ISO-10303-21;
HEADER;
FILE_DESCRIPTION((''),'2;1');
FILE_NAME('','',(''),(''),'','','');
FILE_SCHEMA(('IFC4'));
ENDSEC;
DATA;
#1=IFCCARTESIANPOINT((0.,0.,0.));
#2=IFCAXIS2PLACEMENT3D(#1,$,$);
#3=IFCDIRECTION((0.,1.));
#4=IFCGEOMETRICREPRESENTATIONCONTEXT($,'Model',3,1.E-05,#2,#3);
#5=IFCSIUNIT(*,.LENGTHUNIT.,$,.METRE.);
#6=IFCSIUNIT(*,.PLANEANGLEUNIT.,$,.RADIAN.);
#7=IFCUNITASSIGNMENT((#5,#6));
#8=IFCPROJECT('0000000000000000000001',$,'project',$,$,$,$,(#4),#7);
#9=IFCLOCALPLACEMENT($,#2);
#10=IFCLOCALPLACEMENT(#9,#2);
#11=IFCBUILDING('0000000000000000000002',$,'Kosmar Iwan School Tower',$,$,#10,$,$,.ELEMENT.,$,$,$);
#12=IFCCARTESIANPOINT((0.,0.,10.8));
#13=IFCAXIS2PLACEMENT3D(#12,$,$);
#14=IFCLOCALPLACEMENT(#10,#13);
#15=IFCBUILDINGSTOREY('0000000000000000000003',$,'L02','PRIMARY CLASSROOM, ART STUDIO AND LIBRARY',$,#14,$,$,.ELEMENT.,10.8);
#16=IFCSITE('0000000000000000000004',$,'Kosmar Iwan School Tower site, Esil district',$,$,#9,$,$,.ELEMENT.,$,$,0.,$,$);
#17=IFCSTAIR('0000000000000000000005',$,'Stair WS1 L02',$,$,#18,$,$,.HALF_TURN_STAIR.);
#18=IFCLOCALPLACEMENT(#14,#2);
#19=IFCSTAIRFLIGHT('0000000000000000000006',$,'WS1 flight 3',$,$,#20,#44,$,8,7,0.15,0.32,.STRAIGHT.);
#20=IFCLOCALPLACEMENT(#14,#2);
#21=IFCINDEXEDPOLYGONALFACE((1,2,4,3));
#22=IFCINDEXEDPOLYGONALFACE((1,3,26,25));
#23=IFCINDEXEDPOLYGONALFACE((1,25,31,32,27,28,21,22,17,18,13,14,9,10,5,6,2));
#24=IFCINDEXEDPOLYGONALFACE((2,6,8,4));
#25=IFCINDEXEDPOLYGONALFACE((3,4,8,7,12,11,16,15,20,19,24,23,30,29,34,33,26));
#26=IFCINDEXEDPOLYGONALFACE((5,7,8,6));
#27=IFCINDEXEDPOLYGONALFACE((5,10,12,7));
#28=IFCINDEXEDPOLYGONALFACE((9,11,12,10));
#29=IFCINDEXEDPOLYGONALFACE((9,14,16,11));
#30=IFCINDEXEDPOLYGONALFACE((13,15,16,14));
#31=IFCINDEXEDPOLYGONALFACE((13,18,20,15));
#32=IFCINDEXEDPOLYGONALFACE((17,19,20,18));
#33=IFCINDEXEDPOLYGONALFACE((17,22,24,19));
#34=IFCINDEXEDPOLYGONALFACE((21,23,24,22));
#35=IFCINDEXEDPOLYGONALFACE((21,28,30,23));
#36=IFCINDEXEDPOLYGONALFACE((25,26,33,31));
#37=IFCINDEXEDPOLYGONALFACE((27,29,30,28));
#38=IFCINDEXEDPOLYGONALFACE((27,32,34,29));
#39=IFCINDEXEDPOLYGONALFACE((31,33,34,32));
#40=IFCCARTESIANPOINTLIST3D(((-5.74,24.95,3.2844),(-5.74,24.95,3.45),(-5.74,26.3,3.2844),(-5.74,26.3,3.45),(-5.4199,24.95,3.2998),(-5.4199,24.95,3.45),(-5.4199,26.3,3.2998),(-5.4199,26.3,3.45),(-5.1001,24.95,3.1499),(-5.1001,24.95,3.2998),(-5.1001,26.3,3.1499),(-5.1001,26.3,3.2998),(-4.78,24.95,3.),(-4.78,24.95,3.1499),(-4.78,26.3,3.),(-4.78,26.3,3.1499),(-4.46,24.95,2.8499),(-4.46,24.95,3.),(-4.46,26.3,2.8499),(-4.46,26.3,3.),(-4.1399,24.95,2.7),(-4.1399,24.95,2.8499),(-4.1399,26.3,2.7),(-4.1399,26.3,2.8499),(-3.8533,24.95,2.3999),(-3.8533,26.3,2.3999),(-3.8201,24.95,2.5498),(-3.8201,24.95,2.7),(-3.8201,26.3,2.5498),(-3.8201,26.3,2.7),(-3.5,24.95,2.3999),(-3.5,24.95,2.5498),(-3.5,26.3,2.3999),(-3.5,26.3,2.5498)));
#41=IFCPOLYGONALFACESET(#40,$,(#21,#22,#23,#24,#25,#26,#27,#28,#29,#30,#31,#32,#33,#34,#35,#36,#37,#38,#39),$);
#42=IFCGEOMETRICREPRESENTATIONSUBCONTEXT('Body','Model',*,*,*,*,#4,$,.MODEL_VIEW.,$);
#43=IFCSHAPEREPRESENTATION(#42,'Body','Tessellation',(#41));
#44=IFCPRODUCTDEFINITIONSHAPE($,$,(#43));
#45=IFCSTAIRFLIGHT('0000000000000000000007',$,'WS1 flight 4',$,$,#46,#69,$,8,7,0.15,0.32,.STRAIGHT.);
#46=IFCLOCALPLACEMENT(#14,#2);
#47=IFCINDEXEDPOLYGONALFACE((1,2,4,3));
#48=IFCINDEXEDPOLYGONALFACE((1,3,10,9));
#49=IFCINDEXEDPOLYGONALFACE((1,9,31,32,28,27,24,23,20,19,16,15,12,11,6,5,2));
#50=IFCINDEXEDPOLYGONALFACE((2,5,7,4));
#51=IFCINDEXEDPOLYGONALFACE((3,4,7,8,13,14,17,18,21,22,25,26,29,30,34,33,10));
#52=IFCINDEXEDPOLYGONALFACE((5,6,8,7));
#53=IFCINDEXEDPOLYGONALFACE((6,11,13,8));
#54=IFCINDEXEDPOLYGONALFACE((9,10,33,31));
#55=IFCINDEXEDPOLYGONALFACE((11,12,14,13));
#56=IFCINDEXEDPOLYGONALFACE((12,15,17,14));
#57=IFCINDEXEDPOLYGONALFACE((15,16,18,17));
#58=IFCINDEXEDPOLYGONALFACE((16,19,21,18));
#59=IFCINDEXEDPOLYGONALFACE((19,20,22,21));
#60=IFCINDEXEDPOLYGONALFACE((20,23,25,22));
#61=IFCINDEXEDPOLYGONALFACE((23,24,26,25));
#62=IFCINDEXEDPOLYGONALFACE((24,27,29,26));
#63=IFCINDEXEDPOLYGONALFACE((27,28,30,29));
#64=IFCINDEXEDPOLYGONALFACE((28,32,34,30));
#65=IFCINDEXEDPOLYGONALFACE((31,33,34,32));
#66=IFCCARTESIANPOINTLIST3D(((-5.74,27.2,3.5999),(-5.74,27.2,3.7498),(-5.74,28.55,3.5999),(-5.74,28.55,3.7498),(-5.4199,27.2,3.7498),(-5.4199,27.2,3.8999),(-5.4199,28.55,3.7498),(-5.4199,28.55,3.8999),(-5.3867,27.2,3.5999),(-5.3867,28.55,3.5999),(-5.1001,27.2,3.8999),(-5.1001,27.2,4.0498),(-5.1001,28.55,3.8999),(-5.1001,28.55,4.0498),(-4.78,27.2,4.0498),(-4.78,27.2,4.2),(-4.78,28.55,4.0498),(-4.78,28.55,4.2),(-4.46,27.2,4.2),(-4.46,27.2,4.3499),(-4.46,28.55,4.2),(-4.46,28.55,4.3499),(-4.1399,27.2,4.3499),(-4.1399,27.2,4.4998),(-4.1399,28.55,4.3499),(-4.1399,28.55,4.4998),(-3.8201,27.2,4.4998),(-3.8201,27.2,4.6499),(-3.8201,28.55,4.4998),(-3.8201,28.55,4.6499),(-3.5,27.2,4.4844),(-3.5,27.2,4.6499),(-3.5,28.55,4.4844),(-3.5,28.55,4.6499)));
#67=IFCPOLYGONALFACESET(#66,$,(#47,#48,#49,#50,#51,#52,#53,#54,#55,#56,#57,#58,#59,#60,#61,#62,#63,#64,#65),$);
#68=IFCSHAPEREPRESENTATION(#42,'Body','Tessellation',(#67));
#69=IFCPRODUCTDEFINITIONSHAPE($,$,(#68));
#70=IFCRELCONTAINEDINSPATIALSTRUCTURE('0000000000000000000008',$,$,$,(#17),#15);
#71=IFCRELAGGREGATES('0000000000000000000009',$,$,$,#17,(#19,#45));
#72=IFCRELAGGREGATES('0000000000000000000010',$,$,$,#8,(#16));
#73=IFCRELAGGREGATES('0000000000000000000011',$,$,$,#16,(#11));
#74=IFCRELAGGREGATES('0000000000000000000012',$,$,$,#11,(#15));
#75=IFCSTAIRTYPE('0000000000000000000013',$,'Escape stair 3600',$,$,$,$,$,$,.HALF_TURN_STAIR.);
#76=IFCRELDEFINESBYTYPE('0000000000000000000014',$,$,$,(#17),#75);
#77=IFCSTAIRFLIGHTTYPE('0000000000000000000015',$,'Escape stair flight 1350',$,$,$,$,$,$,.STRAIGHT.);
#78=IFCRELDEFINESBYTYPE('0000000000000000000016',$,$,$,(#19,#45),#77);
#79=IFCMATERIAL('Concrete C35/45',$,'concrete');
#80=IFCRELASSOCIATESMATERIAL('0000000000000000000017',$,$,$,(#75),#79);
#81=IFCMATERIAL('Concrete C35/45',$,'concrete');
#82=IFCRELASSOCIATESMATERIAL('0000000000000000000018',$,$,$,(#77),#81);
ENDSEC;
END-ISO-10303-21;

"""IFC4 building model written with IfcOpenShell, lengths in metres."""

from ifc_helpers import new_model, si_unit, direction, frame, origin, place, context, subcontext, project, spatial, polyline, outline, extrude, material, type_object, element, aggregate, save


model = new_model("IFC4")

# Units and contexts
model_context = context("Model", 3, precision=1e-05, world=origin(), true_north=direction((0.0, 1.0)))
body_context = subcontext(model_context, "Body", "Model", "MODEL_VIEW")
ifc_project = project(units=[si_unit("LENGTHUNIT", "METRE"), si_unit("PLANEANGLEUNIT", "RADIAN")], contexts=[model_context])

# Site, building, storey
site_placement = place(None, origin())
site = spatial("IfcSite", under=ifc_project, at=site_placement, Name="Kosmar Iwan School Tower site, Esil district", CompositionType="ELEMENT", RefElevation=0.0)
building_placement = place(site_placement, origin())
building = spatial("IfcBuilding", under=site, at=building_placement, Name="Kosmar Iwan School Tower", CompositionType="ELEMENT")
storey_placement = place(building_placement, frame((0.0, 0.0, 10.8)))
storey = spatial("IfcBuildingStorey", under=building, at=storey_placement, Name="L02", Description="PRIMARY CLASSROOM, ART STUDIO AND LIBRARY", CompositionType="ELEMENT", Elevation=10.8)

# Stair, stair flights
ifc_material_1 = material(Name="Concrete C35/45", Category="concrete")
stair_type = type_object("IfcStairType", Name="Escape stair 3600", PredefinedType="HALF_TURN_STAIR", material=ifc_material_1)
stair_placement = place(storey_placement, origin())
stair = element("IfcStair", 1, at=stair_placement, inside=storey, type_object=stair_type, Name="Stair WS1 L02", PredefinedType="HALF_TURN_STAIR")
ifc_material_2 = material(Name="Concrete C35/45", Category="concrete")
stair_flight_type = type_object("IfcStairFlightType", Name="Escape stair flight 1350", PredefinedType="STRAIGHT", material=ifc_material_2)
stair_flight_1_placement = place(storey_placement, frame((-3.5, 25.625, 2.3999), z_axis=(0.0, 0.0, 1.0), x_axis=(-1.0, 0.0, 0.0)))
stair_flight_1 = element("IfcStairFlight", 2, at=stair_flight_1_placement, type_object=stair_flight_type, Name="WS1 flight 3", NumberOfRisers=8, NumberOfTreads=7, PredefinedType="STRAIGHT", RiserHeight=0.15, TreadLength=0.32, context=body_context, shape_type="SweptSolid", body=[
    extrude(outline(polyline([(0.0, 0.0), (0.0, 0.1499), (0.3201, 0.1499), (0.3201, 0.3), (0.6399, 0.3), (0.6399, 0.45), (0.96, 0.45), (0.96, 0.6001), (1.28, 0.6001), (1.28, 0.75), (1.6001, 0.75), (1.6001, 0.8999), (1.9199, 0.8999), (1.9199, 1.05), (2.24, 1.05), (2.24, 1.2), (2.24, 0.8845), (0.3533, 0.0), (0.0, 0.0)])), frame((0.0, 0.675, 0.0), z_axis=(0.0, -1.0, 0.0), x_axis=(1.0, 0.0, 0.0)), (0.0, 0.0, 1.0), 1.3501),
])
stair_flight_2_placement = place(storey_placement, frame((-5.74, 27.875, 3.5999), z_axis=(0.0, 0.0, 1.0), x_axis=(1.0, 0.0, 0.0)))
stair_flight_2 = element("IfcStairFlight", 3, at=stair_flight_2_placement, type_object=stair_flight_type, Name="WS1 flight 4", NumberOfRisers=8, NumberOfTreads=7, PredefinedType="STRAIGHT", RiserHeight=0.15, TreadLength=0.32, context=body_context, shape_type="SweptSolid", body=[
    extrude(outline(polyline([(0.0, 0.0), (0.0, 0.1499), (0.3201, 0.1499), (0.3201, 0.3), (0.6399, 0.3), (0.6399, 0.45), (0.96, 0.45), (0.96, 0.6001), (1.28, 0.6001), (1.28, 0.75), (1.6001, 0.75), (1.6001, 0.8999), (1.9199, 0.8999), (1.9199, 1.05), (2.24, 1.05), (2.24, 1.2), (2.24, 0.8845), (0.3533, 0.0), (0.0, 0.0)])), frame((0.0, 0.675, 0.0), z_axis=(0.0, -1.0, 0.0), x_axis=(1.0, 0.0, 0.0)), (0.0, 0.0, 1.0), 1.3501),
])
aggregate(stair, [stair_flight_1, stair_flight_2])

save(model, "model.ifc")
